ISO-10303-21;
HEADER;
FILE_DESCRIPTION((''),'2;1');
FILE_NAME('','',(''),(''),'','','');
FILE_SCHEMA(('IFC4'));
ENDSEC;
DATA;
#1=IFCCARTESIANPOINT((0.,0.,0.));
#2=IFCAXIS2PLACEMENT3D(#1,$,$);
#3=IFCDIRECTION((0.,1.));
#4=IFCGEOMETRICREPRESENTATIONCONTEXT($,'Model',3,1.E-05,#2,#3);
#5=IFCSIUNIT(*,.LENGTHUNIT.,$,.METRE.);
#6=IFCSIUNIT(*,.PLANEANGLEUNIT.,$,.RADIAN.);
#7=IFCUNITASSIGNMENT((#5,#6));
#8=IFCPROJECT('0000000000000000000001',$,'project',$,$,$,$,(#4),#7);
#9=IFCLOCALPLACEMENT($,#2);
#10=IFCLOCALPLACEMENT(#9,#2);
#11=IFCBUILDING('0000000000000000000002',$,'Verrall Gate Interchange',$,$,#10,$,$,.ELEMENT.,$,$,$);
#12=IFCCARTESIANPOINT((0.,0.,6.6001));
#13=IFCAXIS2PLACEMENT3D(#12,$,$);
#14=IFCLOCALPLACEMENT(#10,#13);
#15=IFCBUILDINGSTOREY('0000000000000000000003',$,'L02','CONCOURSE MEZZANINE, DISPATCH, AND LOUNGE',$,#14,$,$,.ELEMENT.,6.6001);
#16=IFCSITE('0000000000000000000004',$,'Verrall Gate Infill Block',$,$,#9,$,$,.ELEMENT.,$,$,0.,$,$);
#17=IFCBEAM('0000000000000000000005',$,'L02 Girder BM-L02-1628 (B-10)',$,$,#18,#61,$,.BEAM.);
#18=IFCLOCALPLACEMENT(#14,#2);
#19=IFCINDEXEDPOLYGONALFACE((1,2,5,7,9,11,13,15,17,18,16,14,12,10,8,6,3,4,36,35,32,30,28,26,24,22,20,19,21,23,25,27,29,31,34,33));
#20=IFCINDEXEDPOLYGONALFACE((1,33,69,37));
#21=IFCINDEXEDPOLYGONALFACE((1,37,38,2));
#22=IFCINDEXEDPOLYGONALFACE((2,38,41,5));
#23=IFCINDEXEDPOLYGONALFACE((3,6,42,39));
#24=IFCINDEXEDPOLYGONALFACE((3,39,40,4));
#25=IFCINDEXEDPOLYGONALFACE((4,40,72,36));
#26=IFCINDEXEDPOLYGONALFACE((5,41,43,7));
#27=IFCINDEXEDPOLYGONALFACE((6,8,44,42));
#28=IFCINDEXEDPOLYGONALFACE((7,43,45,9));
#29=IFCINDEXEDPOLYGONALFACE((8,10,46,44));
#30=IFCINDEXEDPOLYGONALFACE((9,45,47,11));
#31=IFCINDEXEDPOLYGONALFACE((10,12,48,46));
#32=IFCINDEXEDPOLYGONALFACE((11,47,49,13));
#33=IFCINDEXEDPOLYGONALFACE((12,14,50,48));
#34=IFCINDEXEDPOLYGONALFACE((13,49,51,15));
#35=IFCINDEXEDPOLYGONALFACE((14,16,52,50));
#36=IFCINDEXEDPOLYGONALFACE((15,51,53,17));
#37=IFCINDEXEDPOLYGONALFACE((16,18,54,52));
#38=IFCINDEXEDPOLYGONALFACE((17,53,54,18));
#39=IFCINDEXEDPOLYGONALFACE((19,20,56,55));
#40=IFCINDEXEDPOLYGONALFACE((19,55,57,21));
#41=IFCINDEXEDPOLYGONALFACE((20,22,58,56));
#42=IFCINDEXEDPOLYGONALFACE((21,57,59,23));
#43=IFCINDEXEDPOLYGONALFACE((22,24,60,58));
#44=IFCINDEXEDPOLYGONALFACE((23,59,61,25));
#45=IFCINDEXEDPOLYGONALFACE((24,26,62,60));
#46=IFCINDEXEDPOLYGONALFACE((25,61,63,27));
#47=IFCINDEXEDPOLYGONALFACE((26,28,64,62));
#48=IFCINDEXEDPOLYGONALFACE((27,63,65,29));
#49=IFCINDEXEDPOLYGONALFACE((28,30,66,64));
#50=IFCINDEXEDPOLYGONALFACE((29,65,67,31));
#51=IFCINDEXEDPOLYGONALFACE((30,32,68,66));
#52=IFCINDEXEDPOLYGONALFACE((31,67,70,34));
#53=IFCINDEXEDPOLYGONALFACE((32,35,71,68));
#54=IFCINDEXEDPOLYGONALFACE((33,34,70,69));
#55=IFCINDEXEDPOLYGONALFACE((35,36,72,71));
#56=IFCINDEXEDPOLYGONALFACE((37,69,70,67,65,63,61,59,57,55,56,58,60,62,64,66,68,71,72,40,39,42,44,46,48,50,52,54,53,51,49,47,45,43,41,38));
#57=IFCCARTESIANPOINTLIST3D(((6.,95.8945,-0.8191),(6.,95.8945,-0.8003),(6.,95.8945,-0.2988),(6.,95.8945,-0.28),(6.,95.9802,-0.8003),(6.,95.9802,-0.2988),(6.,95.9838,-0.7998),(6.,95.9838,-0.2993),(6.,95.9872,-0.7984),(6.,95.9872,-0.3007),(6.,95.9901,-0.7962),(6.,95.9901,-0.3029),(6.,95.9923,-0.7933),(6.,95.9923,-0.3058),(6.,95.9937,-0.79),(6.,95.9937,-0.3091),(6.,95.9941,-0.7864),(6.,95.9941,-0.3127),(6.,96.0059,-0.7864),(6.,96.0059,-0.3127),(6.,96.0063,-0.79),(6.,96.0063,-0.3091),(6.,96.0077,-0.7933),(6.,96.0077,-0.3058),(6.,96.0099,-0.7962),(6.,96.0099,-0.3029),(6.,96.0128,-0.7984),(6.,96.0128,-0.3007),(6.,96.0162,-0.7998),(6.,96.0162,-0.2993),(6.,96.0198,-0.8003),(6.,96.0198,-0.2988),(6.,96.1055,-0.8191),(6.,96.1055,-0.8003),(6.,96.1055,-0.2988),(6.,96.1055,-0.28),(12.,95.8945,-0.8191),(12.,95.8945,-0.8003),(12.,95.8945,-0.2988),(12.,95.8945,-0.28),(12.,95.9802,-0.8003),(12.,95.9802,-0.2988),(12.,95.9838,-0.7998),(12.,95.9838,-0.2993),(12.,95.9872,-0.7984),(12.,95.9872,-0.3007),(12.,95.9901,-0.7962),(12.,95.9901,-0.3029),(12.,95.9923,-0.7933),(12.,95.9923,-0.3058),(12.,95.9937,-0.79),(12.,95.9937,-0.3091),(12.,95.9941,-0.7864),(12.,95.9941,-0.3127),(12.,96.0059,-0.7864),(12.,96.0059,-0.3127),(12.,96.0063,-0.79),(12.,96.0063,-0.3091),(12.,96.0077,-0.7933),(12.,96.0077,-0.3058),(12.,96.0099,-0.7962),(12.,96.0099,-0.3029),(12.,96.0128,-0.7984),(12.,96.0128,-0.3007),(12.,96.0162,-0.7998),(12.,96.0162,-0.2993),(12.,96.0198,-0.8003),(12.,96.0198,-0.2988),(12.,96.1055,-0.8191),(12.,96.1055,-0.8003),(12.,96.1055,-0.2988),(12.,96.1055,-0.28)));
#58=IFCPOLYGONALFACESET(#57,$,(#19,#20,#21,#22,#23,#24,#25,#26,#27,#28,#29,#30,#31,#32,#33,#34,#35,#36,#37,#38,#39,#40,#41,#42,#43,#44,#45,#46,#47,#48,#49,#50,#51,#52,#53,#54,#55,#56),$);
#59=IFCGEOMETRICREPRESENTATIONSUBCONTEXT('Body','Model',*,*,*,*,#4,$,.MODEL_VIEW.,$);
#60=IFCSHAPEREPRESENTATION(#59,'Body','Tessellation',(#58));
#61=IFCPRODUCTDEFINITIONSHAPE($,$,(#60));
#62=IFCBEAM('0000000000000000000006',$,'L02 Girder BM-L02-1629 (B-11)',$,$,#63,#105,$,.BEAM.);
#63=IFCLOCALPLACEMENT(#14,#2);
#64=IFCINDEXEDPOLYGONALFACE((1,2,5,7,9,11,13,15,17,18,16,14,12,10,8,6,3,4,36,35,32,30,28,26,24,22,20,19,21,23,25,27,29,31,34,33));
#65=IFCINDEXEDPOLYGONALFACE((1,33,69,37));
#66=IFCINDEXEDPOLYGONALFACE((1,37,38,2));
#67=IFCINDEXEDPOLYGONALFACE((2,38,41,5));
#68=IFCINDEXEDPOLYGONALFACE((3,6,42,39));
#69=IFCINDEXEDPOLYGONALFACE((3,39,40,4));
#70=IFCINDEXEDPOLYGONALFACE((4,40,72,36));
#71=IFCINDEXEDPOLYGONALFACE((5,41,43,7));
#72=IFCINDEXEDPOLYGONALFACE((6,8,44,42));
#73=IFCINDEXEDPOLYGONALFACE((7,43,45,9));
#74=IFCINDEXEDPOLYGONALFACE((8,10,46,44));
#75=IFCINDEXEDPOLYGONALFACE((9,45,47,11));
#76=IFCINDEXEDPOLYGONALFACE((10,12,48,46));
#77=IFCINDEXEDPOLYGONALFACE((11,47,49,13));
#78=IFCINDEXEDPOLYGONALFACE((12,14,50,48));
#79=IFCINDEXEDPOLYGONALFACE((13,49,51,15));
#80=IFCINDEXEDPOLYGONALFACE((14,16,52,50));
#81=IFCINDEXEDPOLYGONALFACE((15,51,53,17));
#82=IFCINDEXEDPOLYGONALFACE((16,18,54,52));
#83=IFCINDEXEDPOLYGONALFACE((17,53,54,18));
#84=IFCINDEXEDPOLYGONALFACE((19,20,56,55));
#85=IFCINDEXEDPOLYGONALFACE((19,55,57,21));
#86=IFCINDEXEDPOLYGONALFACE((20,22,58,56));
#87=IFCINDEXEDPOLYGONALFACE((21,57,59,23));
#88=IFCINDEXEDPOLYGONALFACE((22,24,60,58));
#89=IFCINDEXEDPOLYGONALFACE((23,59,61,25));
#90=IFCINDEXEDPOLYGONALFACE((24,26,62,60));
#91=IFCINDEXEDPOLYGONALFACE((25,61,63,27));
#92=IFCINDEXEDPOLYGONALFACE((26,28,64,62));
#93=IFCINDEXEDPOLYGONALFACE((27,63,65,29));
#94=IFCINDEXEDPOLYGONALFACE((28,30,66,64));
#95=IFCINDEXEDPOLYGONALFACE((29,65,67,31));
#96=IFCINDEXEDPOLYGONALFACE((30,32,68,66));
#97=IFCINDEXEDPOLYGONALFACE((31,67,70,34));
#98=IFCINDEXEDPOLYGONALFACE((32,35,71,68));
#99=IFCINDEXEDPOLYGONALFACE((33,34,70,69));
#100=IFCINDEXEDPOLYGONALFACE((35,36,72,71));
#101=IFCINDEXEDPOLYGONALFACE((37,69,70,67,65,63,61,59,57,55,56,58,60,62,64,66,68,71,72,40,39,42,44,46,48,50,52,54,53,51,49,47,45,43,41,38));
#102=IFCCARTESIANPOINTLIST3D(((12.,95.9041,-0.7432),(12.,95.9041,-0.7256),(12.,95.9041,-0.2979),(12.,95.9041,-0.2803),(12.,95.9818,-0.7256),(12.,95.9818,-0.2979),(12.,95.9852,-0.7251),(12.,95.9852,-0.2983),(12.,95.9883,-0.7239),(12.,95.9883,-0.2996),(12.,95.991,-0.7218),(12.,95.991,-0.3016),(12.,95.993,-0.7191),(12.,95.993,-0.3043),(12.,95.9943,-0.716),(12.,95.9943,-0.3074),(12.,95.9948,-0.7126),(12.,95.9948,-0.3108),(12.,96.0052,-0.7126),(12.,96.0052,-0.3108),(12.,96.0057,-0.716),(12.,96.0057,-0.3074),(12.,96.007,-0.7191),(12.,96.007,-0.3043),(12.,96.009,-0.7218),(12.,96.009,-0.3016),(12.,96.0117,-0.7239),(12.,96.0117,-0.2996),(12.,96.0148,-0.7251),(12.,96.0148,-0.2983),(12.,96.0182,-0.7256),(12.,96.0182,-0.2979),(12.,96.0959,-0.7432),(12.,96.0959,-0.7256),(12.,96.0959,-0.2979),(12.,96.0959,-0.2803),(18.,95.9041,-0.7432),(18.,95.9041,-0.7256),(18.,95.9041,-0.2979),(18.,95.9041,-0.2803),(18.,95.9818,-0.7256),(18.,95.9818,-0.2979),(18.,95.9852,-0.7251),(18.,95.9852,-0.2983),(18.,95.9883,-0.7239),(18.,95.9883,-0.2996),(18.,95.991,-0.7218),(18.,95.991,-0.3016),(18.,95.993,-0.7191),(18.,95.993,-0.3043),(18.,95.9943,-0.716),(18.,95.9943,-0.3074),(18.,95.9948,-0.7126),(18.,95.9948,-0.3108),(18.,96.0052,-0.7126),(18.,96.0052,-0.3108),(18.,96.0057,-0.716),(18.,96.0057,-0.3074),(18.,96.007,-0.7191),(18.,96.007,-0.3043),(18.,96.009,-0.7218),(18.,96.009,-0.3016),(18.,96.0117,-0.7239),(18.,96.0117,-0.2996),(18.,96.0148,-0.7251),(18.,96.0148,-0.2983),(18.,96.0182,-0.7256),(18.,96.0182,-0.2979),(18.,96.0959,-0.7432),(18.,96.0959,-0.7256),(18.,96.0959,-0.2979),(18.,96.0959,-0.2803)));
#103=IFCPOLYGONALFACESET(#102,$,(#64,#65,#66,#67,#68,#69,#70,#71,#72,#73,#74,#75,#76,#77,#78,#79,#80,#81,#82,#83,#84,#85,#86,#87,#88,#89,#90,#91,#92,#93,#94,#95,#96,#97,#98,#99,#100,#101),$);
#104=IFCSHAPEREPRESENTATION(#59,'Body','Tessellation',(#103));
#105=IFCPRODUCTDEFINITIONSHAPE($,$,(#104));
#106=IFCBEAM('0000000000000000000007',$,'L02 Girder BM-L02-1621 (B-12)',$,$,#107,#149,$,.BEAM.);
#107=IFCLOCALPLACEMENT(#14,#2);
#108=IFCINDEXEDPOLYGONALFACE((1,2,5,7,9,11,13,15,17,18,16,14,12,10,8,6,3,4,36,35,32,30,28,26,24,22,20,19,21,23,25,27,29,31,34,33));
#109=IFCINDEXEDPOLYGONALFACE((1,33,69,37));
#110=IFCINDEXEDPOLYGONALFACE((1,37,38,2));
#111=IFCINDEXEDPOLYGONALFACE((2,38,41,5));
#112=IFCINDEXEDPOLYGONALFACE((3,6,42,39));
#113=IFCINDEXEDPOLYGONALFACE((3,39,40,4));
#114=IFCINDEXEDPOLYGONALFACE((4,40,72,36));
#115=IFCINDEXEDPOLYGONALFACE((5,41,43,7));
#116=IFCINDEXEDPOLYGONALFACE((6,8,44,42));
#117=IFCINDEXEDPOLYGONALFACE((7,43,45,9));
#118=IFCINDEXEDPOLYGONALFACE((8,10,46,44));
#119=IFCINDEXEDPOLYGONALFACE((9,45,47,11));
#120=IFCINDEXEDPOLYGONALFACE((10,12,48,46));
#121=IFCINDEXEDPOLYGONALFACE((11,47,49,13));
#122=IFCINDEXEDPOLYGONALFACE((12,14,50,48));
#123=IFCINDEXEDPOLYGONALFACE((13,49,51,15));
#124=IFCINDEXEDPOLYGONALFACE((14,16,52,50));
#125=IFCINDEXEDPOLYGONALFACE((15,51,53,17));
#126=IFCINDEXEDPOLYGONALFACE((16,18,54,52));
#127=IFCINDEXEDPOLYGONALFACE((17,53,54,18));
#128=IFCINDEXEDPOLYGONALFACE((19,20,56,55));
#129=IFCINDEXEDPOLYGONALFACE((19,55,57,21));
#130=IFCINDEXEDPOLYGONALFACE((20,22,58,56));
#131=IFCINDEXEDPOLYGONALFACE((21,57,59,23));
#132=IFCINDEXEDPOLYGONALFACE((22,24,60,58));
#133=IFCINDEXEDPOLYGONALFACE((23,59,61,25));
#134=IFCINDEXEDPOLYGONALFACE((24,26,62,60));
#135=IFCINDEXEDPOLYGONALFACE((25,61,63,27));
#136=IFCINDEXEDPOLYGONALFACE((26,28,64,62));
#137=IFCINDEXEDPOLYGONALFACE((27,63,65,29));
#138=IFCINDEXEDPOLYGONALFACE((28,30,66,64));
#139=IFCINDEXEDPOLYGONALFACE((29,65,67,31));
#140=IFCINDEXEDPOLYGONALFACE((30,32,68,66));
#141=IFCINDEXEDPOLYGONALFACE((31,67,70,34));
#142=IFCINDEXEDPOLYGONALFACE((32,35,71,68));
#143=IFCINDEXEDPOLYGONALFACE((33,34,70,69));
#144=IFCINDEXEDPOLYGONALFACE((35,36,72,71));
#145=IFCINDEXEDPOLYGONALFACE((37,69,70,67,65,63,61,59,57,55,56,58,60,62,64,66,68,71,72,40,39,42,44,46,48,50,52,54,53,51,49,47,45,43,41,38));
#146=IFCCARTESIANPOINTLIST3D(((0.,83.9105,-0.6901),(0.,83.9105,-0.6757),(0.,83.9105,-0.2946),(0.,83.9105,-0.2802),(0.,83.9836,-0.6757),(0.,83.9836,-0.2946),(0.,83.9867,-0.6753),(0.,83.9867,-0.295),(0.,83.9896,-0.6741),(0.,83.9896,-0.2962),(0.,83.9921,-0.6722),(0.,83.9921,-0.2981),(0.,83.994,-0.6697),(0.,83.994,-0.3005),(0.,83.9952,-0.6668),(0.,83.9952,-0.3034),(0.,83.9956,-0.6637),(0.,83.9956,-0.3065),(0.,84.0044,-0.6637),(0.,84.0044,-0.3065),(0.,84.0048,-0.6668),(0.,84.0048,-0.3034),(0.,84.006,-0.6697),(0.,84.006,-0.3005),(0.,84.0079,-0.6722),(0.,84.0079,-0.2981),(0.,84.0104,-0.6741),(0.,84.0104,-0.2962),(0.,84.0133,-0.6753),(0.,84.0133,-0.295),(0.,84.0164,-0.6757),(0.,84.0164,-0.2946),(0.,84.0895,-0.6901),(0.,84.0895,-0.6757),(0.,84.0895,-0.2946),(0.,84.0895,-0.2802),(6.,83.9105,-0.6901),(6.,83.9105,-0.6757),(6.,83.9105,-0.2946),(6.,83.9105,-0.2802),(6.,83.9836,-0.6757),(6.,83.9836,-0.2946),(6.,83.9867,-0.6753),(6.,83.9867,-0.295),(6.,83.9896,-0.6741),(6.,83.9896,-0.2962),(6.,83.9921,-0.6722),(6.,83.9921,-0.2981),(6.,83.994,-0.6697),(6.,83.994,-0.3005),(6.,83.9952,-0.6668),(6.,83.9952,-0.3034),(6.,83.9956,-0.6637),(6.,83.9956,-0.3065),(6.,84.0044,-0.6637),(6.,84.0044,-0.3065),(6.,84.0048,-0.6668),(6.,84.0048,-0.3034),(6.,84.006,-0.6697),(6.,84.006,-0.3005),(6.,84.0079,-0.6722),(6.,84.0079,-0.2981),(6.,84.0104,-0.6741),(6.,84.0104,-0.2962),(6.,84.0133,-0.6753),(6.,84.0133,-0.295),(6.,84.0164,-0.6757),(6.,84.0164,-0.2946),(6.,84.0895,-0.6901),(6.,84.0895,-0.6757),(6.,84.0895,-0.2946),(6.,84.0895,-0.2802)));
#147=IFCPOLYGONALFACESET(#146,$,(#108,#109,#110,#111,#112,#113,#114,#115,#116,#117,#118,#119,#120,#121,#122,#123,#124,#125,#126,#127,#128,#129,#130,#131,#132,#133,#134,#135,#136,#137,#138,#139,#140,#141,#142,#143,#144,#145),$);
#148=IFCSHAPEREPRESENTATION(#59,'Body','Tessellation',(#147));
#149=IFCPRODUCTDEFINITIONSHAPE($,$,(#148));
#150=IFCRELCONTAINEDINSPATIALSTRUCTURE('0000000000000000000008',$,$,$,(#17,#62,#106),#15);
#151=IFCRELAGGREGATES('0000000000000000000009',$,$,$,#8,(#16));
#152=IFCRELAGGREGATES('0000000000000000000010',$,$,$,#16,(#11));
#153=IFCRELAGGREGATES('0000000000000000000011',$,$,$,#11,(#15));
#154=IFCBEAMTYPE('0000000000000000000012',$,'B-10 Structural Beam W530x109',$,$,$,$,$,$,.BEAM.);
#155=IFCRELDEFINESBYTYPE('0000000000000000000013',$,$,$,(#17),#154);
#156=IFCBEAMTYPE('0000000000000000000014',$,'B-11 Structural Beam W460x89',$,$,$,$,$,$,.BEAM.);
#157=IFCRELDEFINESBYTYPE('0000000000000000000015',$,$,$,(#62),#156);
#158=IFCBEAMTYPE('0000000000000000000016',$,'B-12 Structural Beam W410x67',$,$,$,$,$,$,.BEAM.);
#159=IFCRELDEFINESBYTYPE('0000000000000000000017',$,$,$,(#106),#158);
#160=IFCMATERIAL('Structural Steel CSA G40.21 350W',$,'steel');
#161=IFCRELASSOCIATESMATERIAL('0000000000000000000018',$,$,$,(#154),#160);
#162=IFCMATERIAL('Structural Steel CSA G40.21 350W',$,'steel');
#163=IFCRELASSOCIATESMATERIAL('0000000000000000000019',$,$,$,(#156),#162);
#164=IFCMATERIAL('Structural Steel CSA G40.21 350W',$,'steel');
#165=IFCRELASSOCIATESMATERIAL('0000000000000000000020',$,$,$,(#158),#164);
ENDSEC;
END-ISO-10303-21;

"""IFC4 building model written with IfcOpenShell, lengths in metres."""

from ifc_helpers import new_model, si_unit, direction, frame, origin, origin_2d, place, context, subcontext, project, spatial, i_section, extrude, material, material_profile, profile_set, type_object, element, save


model = new_model("IFC4")

# Units and contexts
model_context = context("Model", 3, precision=1e-05, world=origin(), true_north=direction((0.0, 1.0)))
body_context = subcontext(model_context, "Body", "Model", "MODEL_VIEW")
ifc_project = project(units=[si_unit("LENGTHUNIT", "METRE"), si_unit("PLANEANGLEUNIT", "RADIAN")], contexts=[model_context])

# Site, building, storey
site_placement = place(None, origin())
site = spatial("IfcSite", under=ifc_project, at=site_placement, Name="Verrall Gate Infill Block", CompositionType="ELEMENT", RefElevation=0.0)
building_placement = place(site_placement, origin())
building = spatial("IfcBuilding", under=site, at=building_placement, Name="Verrall Gate Interchange", CompositionType="ELEMENT")
storey_placement = place(building_placement, frame((0.0, 0.0, 6.6001)))
storey = spatial("IfcBuildingStorey", under=building, at=storey_placement, Name="L02", Description="CONCOURSE MEZZANINE, DISPATCH, AND LOUNGE", CompositionType="ELEMENT", Elevation=6.6001)

# Beams
ifc_material_1 = material(Name="Structural Steel CSA G40.21 350W", Category="steel")
ifc_material_profile_1 = material_profile(ifc_material_1, i_section(OverallWidth=0.2109, OverallDepth=0.5391, WebThickness=0.0117, FlangeThickness=0.0188, FilletRadius=0.0139, at=origin_2d()), Name="W530x109")
ifc_profile_set_1 = profile_set([ifc_material_profile_1], Name="Structural Steel CSA G40.21 350W")
beam_type_1 = type_object("IfcBeamType", Name="B-10 Structural Beam W530x109", PredefinedType="BEAM", material=ifc_profile_set_1)
beam_1_placement = place(storey_placement, frame((6.0, 96.0, -0.5496), z_axis=(1.0, 0.0, 0.0), x_axis=(0.0, 1.0, 0.0)))
element("IfcBeam", 1, at=beam_1_placement, inside=storey, type_object=beam_type_1, Name="L02 Girder BM-L02-1628 (B-10)", PredefinedType="BEAM", context=body_context, shape_type="SweptSolid", body=[
    extrude(i_section(OverallWidth=0.2109, OverallDepth=0.5391, WebThickness=0.0117, FlangeThickness=0.0188, FilletRadius=0.0139, at=origin_2d()), origin(), (0.0, 0.0, 1.0), 6.0),
])
ifc_material_2 = material(Name="Structural Steel CSA G40.21 350W", Category="steel")
ifc_material_profile_2 = material_profile(ifc_material_2, i_section(OverallWidth=0.1919, OverallDepth=0.4629, WebThickness=0.0105, FlangeThickness=0.0176, FilletRadius=0.0129, at=origin_2d()), Name="W460x89")
ifc_profile_set_2 = profile_set([ifc_material_profile_2], Name="Structural Steel CSA G40.21 350W")
beam_type_2 = type_object("IfcBeamType", Name="B-11 Structural Beam W460x89", PredefinedType="BEAM", material=ifc_profile_set_2)
beam_2_placement = place(storey_placement, frame((12.0, 96.0, -0.5117), z_axis=(1.0, 0.0, 0.0), x_axis=(0.0, 1.0, 0.0)))
element("IfcBeam", 2, at=beam_2_placement, inside=storey, type_object=beam_type_2, Name="L02 Girder BM-L02-1629 (B-11)", PredefinedType="BEAM", context=body_context, shape_type="SweptSolid", body=[
    extrude(i_section(OverallWidth=0.1919, OverallDepth=0.4629, WebThickness=0.0105, FlangeThickness=0.0176, FilletRadius=0.0129, at=origin_2d()), origin(), (0.0, 0.0, 1.0), 6.0),
])
ifc_material_3 = material(Name="Structural Steel CSA G40.21 350W", Category="steel")
ifc_material_profile_3 = material_profile(ifc_material_3, i_section(OverallWidth=0.179, OverallDepth=0.4099, WebThickness=0.0088, FlangeThickness=0.0144, FilletRadius=0.012, at=origin_2d()), Name="W410x67")
ifc_profile_set_3 = profile_set([ifc_material_profile_3], Name="Structural Steel CSA G40.21 350W")
beam_type_3 = type_object("IfcBeamType", Name="B-12 Structural Beam W410x67", PredefinedType="BEAM", material=ifc_profile_set_3)
beam_3_placement = place(storey_placement, frame((0.0, 84.0, -0.4851), z_axis=(1.0, 0.0, 0.0), x_axis=(0.0, 1.0, 0.0)))
element("IfcBeam", 3, at=beam_3_placement, inside=storey, type_object=beam_type_3, Name="L02 Girder BM-L02-1621 (B-12)", PredefinedType="BEAM", context=body_context, shape_type="SweptSolid", body=[
    extrude(i_section(OverallWidth=0.179, OverallDepth=0.4099, WebThickness=0.0088, FlangeThickness=0.0144, FilletRadius=0.012, at=origin_2d()), origin(), (0.0, 0.0, 1.0), 6.0),
])

save(model, "model.ifc")
